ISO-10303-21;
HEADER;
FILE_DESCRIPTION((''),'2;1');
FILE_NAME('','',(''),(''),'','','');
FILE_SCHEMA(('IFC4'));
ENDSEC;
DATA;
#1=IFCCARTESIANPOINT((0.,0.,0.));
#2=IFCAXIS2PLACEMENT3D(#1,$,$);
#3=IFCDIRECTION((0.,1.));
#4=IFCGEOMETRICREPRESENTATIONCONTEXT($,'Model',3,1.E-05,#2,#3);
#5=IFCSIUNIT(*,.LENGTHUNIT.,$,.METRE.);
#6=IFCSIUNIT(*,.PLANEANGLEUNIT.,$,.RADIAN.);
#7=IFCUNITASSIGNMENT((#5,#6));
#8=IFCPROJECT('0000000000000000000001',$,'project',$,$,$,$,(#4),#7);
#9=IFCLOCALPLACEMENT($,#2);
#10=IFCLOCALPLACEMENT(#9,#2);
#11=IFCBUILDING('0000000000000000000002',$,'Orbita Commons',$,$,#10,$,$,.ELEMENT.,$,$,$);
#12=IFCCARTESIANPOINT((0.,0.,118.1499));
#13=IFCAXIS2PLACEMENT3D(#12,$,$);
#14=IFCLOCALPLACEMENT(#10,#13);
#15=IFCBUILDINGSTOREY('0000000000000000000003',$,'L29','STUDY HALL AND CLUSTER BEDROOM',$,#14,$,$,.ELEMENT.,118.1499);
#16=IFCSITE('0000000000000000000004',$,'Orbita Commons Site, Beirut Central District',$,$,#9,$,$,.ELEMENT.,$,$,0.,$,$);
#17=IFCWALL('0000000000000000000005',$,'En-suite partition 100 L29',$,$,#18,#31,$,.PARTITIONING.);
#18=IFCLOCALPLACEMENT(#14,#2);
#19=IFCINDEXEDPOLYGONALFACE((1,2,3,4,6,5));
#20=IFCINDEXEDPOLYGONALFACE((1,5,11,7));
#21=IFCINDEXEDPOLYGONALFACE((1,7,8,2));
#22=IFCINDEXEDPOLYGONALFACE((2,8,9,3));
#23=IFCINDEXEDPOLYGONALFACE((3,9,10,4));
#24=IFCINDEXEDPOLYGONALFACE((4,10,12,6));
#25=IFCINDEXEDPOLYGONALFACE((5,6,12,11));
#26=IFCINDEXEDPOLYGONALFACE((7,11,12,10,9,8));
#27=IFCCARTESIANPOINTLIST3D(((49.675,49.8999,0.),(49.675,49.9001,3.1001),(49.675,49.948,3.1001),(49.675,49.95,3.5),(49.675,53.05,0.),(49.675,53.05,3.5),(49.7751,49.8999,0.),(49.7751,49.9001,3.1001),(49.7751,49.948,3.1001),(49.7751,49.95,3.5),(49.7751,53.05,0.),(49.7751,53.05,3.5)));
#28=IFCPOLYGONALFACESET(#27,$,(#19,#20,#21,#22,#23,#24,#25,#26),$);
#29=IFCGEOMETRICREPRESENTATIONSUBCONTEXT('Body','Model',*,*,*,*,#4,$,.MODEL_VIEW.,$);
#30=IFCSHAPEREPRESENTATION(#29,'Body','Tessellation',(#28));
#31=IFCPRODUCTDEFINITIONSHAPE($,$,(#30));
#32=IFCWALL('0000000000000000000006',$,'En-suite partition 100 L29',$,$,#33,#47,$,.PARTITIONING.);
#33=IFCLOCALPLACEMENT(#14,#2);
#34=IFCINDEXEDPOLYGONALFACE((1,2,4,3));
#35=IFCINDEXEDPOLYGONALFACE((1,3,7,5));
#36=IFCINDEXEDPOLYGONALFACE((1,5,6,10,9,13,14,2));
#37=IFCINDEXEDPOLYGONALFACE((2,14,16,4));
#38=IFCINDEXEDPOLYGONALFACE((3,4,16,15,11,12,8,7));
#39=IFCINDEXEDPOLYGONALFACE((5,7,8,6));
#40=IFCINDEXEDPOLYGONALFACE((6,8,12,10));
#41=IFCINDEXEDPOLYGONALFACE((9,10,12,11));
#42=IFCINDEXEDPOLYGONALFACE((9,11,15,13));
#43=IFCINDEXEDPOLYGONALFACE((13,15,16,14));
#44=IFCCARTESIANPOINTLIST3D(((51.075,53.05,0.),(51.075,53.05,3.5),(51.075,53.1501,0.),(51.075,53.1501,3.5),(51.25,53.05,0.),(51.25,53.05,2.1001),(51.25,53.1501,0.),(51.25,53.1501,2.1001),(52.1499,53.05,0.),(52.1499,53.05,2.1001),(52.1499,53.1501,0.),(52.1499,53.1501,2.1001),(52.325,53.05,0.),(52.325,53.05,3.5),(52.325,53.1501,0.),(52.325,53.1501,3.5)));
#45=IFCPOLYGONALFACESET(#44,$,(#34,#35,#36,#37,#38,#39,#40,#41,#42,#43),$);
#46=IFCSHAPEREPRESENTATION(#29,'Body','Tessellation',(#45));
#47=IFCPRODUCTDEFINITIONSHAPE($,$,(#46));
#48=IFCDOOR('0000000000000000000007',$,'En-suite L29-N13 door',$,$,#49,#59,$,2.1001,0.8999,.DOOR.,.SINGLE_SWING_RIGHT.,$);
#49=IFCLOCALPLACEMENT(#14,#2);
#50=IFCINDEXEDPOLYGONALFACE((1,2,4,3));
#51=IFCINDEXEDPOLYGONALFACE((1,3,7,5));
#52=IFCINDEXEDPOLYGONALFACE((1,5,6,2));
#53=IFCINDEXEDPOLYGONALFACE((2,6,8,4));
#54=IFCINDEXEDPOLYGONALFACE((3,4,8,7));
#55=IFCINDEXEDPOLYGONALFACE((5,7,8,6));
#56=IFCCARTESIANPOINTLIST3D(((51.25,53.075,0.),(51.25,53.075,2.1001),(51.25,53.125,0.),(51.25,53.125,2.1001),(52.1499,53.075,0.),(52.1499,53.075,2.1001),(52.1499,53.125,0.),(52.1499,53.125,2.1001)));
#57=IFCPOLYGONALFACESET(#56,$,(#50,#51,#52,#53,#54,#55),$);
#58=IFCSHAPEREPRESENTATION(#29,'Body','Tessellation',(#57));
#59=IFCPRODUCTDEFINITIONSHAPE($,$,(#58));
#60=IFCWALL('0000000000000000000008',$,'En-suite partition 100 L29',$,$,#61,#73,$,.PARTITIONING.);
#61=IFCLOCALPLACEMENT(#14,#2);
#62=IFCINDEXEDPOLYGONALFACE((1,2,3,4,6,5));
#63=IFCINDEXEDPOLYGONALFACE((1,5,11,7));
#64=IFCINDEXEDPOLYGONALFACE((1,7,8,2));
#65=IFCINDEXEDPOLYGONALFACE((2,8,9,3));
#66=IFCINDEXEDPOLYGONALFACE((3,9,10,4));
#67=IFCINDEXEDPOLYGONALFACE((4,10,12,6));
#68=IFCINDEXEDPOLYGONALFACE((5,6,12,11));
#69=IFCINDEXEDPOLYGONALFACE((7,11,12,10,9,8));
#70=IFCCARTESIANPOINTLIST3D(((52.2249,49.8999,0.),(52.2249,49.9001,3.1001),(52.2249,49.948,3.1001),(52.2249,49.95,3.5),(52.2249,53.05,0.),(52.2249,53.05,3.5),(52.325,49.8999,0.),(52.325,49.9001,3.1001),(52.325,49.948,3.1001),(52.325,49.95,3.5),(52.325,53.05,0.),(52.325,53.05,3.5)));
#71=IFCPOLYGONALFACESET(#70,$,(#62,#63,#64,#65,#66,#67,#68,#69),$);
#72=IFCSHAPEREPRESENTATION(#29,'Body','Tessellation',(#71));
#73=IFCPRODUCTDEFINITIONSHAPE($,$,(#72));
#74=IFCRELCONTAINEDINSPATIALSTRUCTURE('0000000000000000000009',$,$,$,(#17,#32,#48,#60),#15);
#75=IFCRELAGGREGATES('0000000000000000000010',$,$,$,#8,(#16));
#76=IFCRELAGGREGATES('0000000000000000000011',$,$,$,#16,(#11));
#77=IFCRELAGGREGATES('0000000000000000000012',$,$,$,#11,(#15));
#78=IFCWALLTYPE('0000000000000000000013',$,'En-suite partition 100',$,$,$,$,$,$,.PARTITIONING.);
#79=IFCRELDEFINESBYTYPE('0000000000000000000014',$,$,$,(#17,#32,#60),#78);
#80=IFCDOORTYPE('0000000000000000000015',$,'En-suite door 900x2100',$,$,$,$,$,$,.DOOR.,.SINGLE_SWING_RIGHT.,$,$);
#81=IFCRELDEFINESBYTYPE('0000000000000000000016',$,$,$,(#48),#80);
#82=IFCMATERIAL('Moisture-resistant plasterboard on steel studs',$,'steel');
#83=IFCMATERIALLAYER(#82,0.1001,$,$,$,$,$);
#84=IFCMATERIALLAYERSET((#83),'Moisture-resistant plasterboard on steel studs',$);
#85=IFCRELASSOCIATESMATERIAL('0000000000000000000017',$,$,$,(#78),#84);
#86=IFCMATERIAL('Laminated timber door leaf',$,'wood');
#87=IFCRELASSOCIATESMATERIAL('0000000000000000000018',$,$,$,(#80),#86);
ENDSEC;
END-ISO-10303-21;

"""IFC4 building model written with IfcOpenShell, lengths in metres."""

from ifc_helpers import new_model, si_unit, direction, frame, frame_2d, origin, place, context, subcontext, project, spatial, polyline, rectangle, outline, extrude, material, layer, layer_set, type_object, element, fill, save


model = new_model("IFC4")

# Units and contexts
model_context = context("Model", 3, precision=1e-05, world=origin(), true_north=direction((0.0, 1.0)))
body_context = subcontext(model_context, "Body", "Model", "MODEL_VIEW")
ifc_project = project(units=[si_unit("LENGTHUNIT", "METRE"), si_unit("PLANEANGLEUNIT", "RADIAN")], contexts=[model_context])

# Site, building, storey
site_placement = place(None, origin())
site = spatial("IfcSite", under=ifc_project, at=site_placement, Name="Orbita Commons Site, Beirut Central District", CompositionType="ELEMENT", RefElevation=0.0)
building_placement = place(site_placement, origin())
building = spatial("IfcBuilding", under=site, at=building_placement, Name="Orbita Commons", CompositionType="ELEMENT")
storey_placement = place(building_placement, frame((0.0, 0.0, 118.1499)))
storey = spatial("IfcBuildingStorey", under=building, at=storey_placement, Name="L29", Description="STUDY HALL AND CLUSTER BEDROOM", CompositionType="ELEMENT", Elevation=118.1499)

# Shared definitions
ifc_material_1 = material(Name="Moisture-resistant plasterboard on steel studs", Category="steel")
ifc_layer_1 = layer(ifc_material_1, 0.1001)
ifc_layer_set_1 = layer_set([ifc_layer_1], Name="Moisture-resistant plasterboard on steel studs")
wall_type_1 = type_object("IfcWallType", Name="En-suite partition 100", PredefinedType="PARTITIONING", material=ifc_layer_set_1)

# Shared definitions
ifc_material_2 = material(Name="Laminated timber door leaf", Category="wood")
door_type_1 = type_object("IfcDoorType", Name="En-suite door 900x2100", OperationType="SINGLE_SWING_RIGHT", PredefinedType="DOOR", material=ifc_material_2)

# Wall
wall_1_placement = place(storey_placement, frame((49.7251, 53.05, 0.0), z_axis=(0.0, 0.0, 1.0), x_axis=(0.0, -1.0, 0.0)))
element("IfcWall", 1, at=wall_1_placement, inside=storey, type_object=wall_type_1, Name="En-suite partition 100 L29", PredefinedType="PARTITIONING", context=body_context, shape_type="SweptSolid", body=[
    extrude(outline(polyline([(0.0, 0.0), (3.1501, 0.0), (3.1499, 3.1001), (3.1021, 3.1001), (3.1001, 3.5), (0.0, 3.5), (0.0, 0.0)])), frame((0.0, 0.05, 0.0), z_axis=(0.0, -1.0, 0.0), x_axis=(1.0, 0.0, 0.0)), (0.0, 0.0, 1.0), 0.1001),
])

# Wall, opening, door
wall_2_placement = place(storey_placement, frame((51.075, 53.1001, 0.0), z_axis=(0.0, 0.0, 1.0), x_axis=(1.0, 0.0, 0.0)))
wall_2 = element("IfcWall", 2, at=wall_2_placement, inside=storey, type_object=wall_type_1, Name="En-suite partition 100 L29", PredefinedType="PARTITIONING", context=body_context, shape_type="SweptSolid", body=[
    extrude(rectangle(XDim=1.25, YDim=0.1001, at=frame_2d((0.625, 0.0))), origin(), (0.0, 0.0, 1.0), 3.5),
])
opening_1_placement = place(wall_2_placement, frame((0.175, 0.0, 0.0)))
opening_1 = element("IfcOpeningElement", 3, at=opening_1_placement, cuts=wall_2, PredefinedType="OPENING", context=body_context, shape_type="SweptSolid", body=[
    extrude(rectangle(XDim=0.8999, YDim=2.1001, at=frame_2d((0.45, 1.05))), frame((0.0, 0.0601, 0.0), z_axis=(0.0, -1.0, 0.0), x_axis=(1.0, 0.0, 0.0)), (0.0, 0.0, 1.0), 0.1201),
])
door_1_placement = place(opening_1_placement, origin())
door_1 = element("IfcDoor", 4, at=door_1_placement, inside=storey, type_object=door_type_1, Name="En-suite L29-N13 door", OperationType="SINGLE_SWING_RIGHT", OverallHeight=2.1001, OverallWidth=0.8999, PredefinedType="DOOR", context=body_context, shape_type="SweptSolid", body=[
    extrude(rectangle(XDim=0.8999, YDim=2.1001, at=frame_2d((0.45, 1.05))), frame((0.0, 0.0249, 0.0), z_axis=(0.0, -1.0, 0.0), x_axis=(1.0, 0.0, 0.0)), (0.0, 0.0, 1.0), 0.05),
])
fill(opening_1, door_1)

# Wall
wall_3_placement = place(storey_placement, frame((52.2749, 53.05, 0.0), z_axis=(0.0, 0.0, 1.0), x_axis=(0.0, -1.0, 0.0)))
element("IfcWall", 5, at=wall_3_placement, inside=storey, type_object=wall_type_1, Name="En-suite partition 100 L29", PredefinedType="PARTITIONING", context=body_context, shape_type="SweptSolid", body=[
    extrude(outline(polyline([(0.0, 0.0), (3.1501, 0.0), (3.1499, 3.1001), (3.1021, 3.1001), (3.1001, 3.5), (0.0, 3.5), (0.0, 0.0)])), frame((0.0, 0.05, 0.0), z_axis=(0.0, -1.0, 0.0), x_axis=(1.0, 0.0, 0.0)), (0.0, 0.0, 1.0), 0.1001),
])

save(model, "model.ifc")
